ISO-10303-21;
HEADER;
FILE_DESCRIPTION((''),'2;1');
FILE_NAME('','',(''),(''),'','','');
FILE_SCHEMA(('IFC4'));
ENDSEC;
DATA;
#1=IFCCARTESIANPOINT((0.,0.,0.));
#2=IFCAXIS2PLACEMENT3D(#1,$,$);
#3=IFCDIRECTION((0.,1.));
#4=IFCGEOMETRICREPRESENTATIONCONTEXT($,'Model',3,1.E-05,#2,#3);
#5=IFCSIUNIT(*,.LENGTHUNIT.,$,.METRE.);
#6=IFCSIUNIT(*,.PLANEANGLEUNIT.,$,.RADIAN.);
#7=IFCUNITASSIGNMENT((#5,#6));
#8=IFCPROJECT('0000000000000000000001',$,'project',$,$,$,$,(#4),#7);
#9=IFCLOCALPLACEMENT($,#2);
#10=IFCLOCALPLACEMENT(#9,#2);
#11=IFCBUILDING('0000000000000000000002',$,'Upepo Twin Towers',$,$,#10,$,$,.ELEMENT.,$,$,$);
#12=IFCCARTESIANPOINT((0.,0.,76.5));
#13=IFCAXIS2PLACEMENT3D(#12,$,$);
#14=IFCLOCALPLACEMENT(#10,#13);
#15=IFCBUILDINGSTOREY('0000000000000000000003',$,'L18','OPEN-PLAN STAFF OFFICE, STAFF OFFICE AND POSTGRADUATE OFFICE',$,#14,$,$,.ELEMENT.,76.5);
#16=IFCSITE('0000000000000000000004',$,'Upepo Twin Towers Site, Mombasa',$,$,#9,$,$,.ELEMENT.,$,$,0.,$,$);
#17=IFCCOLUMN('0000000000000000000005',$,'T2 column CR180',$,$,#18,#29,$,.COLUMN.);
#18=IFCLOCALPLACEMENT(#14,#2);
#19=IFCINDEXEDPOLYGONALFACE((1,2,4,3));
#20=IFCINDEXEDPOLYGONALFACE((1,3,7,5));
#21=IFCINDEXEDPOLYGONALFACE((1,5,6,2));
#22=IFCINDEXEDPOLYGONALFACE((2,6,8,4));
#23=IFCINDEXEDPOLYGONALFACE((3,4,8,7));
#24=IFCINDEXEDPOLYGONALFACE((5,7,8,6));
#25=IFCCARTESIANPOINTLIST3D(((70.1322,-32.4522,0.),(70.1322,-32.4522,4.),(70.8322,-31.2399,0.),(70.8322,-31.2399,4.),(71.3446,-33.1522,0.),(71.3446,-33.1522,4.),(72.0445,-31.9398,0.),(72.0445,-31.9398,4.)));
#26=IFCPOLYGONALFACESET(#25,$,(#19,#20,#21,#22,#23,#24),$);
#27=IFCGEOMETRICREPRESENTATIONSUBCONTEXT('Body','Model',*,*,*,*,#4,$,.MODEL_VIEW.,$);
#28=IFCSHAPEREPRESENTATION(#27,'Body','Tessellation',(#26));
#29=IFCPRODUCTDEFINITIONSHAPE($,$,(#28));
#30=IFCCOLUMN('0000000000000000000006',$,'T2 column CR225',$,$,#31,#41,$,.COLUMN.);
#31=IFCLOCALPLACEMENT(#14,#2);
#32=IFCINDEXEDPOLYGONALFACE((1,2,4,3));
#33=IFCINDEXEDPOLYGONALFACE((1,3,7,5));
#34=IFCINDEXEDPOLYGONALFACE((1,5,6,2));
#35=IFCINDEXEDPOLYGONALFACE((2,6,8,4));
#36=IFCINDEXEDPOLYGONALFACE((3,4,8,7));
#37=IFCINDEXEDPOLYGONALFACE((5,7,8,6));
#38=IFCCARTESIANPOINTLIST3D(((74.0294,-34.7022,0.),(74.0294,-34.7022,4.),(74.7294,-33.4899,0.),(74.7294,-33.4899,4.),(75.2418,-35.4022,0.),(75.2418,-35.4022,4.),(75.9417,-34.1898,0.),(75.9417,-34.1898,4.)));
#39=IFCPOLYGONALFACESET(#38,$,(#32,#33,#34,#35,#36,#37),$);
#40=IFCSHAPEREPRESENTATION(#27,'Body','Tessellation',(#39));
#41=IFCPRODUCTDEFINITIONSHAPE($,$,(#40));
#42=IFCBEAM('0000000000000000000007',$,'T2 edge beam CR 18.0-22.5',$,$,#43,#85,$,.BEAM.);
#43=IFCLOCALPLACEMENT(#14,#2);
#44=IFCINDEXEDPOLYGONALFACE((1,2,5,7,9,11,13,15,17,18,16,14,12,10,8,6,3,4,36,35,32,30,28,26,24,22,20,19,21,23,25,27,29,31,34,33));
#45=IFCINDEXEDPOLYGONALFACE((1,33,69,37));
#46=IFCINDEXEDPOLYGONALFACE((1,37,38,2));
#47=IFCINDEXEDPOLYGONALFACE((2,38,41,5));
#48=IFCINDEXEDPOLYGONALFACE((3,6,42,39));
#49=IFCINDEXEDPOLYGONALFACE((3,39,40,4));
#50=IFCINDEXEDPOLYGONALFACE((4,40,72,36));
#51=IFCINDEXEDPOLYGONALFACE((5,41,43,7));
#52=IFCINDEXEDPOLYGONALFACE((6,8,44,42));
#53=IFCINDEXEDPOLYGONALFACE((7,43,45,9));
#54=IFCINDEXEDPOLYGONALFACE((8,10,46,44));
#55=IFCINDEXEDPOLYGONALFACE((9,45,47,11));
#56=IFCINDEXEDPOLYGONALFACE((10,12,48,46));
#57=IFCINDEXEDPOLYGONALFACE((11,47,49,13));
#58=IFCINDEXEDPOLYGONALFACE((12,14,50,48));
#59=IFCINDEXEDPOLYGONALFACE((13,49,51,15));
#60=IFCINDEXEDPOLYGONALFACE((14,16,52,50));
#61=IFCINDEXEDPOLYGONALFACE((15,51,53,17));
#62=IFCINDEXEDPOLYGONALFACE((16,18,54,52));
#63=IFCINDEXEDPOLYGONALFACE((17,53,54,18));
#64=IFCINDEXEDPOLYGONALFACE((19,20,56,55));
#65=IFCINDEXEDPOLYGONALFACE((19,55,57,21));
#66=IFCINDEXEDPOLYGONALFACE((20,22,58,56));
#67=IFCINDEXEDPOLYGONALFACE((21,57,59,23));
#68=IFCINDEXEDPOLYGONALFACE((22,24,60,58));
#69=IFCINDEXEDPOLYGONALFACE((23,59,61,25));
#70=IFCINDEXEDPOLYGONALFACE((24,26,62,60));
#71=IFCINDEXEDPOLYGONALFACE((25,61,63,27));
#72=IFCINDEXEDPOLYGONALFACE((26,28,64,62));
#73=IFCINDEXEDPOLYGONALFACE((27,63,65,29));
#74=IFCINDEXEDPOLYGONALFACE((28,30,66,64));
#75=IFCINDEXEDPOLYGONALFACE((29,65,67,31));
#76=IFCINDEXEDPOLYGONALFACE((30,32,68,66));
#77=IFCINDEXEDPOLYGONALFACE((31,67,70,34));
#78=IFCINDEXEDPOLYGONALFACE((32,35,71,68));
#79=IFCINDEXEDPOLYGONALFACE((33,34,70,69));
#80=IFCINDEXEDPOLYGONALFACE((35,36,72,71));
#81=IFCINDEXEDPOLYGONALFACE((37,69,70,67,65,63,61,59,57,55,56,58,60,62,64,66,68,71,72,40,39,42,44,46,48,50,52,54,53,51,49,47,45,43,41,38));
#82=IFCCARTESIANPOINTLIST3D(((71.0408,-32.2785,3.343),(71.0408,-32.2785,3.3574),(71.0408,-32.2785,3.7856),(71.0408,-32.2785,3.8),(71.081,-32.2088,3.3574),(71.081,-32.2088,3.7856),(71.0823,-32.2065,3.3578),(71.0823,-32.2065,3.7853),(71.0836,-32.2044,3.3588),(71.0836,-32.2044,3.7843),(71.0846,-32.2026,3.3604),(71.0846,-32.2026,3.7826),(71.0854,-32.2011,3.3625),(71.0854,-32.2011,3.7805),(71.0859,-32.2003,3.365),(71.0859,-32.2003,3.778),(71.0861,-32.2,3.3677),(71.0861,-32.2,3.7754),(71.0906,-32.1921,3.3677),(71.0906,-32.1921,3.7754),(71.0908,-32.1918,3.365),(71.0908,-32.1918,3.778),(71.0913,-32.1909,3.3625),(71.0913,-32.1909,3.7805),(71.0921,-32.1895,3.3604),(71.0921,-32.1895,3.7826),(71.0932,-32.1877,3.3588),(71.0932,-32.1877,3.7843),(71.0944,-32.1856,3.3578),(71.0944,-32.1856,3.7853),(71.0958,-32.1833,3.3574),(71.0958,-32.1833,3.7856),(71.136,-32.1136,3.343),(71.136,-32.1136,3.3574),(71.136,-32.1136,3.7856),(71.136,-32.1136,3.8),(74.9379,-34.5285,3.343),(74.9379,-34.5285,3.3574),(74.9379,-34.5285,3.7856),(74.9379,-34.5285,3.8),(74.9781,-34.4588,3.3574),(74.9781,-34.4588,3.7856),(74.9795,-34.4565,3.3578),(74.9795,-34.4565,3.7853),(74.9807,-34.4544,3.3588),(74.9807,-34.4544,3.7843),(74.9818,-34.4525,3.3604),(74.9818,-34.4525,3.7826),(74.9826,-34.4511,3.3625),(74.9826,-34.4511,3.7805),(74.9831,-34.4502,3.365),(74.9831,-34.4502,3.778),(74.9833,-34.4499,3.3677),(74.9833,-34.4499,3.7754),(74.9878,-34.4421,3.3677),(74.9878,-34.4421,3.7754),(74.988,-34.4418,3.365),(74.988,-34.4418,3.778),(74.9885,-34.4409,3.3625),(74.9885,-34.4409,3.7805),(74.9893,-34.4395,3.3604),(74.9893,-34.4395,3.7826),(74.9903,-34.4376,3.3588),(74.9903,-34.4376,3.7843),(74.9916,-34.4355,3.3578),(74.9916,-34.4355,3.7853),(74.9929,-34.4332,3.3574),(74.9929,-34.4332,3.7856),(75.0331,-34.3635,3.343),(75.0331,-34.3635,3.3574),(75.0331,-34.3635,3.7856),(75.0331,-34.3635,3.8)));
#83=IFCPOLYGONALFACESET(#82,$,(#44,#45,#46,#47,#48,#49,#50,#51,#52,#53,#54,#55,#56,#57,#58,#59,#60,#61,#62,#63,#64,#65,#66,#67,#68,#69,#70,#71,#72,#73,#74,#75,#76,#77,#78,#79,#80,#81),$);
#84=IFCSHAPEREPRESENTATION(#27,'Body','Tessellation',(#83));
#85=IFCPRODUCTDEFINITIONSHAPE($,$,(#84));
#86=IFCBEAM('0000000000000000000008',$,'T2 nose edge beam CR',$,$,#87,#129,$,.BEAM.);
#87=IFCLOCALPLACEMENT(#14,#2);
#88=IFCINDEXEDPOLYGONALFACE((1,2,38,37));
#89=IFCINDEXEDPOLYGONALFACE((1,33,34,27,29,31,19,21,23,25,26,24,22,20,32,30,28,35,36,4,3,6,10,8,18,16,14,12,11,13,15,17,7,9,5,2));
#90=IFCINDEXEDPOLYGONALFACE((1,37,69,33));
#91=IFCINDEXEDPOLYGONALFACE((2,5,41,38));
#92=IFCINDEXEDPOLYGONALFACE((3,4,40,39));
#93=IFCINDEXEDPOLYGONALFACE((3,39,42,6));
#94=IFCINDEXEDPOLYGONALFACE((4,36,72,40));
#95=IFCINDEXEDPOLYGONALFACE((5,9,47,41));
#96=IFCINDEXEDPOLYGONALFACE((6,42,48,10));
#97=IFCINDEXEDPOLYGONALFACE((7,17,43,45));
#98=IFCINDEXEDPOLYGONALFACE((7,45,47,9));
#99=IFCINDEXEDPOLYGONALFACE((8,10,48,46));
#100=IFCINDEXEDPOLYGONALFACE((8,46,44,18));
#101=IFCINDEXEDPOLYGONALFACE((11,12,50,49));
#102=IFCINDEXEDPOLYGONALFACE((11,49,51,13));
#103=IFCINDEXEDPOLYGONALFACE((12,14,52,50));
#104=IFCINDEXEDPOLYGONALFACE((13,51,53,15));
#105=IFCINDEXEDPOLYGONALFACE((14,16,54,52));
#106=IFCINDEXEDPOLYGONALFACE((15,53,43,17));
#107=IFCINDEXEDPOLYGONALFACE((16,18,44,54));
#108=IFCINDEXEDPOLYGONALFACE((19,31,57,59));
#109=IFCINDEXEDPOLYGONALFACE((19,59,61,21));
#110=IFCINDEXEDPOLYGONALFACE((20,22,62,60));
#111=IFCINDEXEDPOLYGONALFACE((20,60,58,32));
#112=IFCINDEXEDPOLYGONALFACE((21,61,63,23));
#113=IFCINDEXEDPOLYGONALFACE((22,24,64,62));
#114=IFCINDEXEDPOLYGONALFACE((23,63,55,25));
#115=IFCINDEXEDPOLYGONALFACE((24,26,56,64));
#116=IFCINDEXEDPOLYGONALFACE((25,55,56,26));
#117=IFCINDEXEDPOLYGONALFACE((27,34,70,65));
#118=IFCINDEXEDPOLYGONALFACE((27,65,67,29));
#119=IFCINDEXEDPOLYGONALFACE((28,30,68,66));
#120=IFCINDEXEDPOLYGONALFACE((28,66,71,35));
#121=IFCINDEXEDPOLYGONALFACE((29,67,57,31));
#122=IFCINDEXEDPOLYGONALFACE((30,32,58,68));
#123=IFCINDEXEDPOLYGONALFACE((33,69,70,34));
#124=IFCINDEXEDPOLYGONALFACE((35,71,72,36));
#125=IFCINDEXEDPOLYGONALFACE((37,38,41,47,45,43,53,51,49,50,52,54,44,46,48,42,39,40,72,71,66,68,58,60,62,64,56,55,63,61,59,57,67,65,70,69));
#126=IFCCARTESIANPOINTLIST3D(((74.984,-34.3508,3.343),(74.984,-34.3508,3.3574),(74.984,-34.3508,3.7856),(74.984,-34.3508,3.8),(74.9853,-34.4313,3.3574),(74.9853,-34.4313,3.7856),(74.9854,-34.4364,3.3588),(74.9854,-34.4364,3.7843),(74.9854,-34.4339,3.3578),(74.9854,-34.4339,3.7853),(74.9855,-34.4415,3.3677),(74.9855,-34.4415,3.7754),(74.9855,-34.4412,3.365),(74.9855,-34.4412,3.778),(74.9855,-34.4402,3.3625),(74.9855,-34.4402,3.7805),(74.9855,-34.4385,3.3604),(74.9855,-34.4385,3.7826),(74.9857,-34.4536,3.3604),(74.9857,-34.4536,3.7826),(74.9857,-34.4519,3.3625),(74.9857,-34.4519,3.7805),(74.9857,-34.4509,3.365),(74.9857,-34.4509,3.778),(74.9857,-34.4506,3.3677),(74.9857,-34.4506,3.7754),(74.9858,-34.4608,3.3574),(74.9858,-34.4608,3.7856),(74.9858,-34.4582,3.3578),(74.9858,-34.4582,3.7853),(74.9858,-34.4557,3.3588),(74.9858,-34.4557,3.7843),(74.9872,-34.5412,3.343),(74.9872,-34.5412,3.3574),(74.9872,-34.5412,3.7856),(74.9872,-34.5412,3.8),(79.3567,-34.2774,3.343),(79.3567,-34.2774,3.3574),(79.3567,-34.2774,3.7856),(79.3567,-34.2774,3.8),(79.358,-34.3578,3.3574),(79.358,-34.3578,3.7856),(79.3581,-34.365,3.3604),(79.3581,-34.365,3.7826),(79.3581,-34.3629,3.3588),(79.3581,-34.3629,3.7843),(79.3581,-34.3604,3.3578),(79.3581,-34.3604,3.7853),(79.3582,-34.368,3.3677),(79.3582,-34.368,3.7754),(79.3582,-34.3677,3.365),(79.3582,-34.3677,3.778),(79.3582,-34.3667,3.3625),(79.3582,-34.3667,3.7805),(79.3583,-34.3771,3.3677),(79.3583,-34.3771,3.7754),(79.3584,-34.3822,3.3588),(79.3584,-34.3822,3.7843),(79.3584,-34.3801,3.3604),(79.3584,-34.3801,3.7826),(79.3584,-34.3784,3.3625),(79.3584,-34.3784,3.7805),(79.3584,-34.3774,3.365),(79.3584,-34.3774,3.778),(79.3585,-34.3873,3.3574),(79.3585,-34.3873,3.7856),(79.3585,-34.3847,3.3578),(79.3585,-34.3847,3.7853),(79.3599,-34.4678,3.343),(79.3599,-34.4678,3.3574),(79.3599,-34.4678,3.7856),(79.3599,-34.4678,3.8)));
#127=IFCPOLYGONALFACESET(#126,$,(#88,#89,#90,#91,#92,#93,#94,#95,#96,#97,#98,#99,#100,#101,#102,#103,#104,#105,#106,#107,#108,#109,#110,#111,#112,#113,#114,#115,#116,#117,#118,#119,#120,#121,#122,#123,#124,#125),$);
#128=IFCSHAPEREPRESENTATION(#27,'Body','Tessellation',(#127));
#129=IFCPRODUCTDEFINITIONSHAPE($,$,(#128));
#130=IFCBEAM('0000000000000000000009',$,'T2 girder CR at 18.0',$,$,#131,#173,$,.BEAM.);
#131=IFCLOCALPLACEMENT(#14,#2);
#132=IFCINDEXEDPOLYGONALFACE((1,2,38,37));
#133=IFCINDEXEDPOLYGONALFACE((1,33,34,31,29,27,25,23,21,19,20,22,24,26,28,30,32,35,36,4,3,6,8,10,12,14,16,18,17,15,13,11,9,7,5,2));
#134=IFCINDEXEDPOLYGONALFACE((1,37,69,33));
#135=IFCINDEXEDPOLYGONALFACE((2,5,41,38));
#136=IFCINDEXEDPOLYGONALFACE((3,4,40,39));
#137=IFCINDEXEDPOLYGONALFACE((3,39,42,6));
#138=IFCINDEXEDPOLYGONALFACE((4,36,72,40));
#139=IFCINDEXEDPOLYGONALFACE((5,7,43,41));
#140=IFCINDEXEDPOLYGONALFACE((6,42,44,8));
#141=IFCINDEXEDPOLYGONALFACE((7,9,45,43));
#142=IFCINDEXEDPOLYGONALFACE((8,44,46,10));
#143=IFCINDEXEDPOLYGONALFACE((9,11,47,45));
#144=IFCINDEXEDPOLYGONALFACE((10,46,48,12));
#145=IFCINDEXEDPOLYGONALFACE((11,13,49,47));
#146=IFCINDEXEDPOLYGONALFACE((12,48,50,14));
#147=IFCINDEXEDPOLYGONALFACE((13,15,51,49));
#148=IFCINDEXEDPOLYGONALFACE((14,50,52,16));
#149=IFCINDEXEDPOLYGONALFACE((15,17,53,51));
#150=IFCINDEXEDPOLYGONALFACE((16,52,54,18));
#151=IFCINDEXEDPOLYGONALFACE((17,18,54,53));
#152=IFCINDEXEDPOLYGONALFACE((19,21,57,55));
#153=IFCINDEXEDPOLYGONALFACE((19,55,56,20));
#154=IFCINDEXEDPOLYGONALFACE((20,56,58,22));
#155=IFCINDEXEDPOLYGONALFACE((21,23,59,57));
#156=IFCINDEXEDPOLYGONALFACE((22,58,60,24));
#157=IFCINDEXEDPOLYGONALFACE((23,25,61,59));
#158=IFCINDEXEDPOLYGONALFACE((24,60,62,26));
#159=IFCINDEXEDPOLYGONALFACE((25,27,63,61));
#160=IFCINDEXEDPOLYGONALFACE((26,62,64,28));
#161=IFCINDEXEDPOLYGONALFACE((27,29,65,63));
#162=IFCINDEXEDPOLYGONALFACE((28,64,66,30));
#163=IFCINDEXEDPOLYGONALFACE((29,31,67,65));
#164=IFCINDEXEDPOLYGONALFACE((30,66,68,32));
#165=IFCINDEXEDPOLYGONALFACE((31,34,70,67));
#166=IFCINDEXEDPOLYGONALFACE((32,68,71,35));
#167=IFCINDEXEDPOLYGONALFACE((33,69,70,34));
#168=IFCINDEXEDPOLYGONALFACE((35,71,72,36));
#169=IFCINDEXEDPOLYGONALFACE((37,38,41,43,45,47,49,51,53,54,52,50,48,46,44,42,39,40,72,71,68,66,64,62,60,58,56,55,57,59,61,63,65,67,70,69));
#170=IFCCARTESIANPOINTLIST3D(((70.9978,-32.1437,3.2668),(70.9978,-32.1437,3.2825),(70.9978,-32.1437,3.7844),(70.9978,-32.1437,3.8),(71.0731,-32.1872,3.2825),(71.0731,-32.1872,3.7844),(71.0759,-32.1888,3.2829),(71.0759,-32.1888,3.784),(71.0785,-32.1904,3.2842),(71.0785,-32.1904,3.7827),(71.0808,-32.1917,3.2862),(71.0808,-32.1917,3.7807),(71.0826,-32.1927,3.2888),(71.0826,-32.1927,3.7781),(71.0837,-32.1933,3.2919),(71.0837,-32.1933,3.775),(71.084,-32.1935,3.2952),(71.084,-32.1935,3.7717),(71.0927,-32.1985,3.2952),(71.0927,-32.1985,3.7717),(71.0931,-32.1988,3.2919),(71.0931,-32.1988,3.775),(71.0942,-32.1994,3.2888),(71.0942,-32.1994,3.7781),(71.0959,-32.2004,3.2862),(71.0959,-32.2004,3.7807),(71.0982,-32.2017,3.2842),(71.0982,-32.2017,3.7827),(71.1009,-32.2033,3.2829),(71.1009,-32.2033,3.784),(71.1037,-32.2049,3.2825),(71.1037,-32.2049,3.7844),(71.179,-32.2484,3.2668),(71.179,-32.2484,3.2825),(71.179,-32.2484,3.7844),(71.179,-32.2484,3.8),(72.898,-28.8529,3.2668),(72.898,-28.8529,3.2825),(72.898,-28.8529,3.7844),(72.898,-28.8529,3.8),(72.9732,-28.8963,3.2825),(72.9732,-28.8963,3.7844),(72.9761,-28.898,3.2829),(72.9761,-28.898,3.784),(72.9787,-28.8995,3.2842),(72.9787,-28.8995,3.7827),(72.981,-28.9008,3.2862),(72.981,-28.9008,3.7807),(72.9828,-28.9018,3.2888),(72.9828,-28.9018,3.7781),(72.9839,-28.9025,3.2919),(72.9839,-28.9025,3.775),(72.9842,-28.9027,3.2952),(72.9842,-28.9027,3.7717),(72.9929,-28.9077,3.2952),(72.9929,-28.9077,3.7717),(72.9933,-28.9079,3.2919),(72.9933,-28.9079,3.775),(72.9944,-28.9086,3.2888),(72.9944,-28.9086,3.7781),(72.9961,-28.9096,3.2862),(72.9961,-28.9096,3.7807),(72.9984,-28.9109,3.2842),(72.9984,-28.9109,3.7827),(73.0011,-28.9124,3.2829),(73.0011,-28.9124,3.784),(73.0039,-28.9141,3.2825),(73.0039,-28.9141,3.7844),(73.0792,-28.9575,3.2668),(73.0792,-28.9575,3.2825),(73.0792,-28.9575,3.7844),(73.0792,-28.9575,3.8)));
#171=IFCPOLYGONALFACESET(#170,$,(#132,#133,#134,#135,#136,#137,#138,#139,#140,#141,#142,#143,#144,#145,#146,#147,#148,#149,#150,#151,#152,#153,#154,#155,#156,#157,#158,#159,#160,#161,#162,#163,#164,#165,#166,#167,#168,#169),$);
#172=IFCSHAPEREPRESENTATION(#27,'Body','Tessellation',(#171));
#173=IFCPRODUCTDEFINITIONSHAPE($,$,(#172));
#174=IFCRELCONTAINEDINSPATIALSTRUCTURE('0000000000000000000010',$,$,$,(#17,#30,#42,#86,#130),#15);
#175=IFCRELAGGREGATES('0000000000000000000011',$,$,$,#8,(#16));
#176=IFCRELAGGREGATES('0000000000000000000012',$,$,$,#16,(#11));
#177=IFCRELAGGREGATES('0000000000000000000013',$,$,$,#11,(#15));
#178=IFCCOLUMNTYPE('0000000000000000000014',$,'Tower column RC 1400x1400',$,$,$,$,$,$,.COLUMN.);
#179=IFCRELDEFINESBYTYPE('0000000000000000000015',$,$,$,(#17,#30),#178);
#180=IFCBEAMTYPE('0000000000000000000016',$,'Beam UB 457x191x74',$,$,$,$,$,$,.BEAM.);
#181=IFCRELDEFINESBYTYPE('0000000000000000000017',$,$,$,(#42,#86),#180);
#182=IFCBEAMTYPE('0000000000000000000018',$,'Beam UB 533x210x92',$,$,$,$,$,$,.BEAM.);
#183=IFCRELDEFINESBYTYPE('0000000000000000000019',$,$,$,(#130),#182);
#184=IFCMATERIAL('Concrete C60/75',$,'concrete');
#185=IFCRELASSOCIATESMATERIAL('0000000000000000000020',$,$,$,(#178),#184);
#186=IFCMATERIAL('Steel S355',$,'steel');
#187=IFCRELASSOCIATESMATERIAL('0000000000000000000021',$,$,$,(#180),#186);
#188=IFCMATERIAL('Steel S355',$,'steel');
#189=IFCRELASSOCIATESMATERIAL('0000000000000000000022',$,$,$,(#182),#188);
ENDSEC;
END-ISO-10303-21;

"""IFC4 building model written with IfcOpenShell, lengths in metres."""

from ifc_helpers import new_model, si_unit, direction, frame, origin, origin_2d, place, context, subcontext, project, spatial, rectangle, i_section, extrude, material, material_profile, profile_set, type_object, element, save


model = new_model("IFC4")

# Units and contexts
model_context = context("Model", 3, precision=1e-05, world=origin(), true_north=direction((0.0, 1.0)))
body_context = subcontext(model_context, "Body", "Model", "MODEL_VIEW")
ifc_project = project(units=[si_unit("LENGTHUNIT", "METRE"), si_unit("PLANEANGLEUNIT", "RADIAN")], contexts=[model_context])

# Site, building, storey
site_placement = place(None, origin())
site = spatial("IfcSite", under=ifc_project, at=site_placement, Name="Upepo Twin Towers Site, Mombasa", CompositionType="ELEMENT", RefElevation=0.0)
building_placement = place(site_placement, origin())
building = spatial("IfcBuilding", under=site, at=building_placement, Name="Upepo Twin Towers", CompositionType="ELEMENT")
storey_placement = place(building_placement, frame((0.0, 0.0, 76.5)))
storey = spatial("IfcBuildingStorey", under=building, at=storey_placement, Name="L18", Description="OPEN-PLAN STAFF OFFICE, STAFF OFFICE AND POSTGRADUATE OFFICE", CompositionType="ELEMENT", Elevation=76.5)

# Columns
ifc_material_1 = material(Name="Concrete C60/75", Category="concrete")
ifc_material_profile_1 = material_profile(ifc_material_1, rectangle(XDim=1.3999, YDim=1.3999, at=origin_2d()), Name="RC 1400x1400")
ifc_profile_set_1 = profile_set([ifc_material_profile_1], Name="Concrete C60/75")
column_type = type_object("IfcColumnType", Name="Tower column RC 1400x1400", PredefinedType="COLUMN", material=ifc_profile_set_1)
for number, where, z_axis, x_axis, name in (
    (1, (71.0884, -32.196, 0.0), (0.0, 0.0, 1.0), (0.5, 0.866025, 0.0), "T2 column CR180"),
    (2, (74.9856, -34.446, 0.0), (0.0, 0.0, 1.0), (0.5, 0.866025, 0.0), "T2 column CR225"),
):
    element("IfcColumn", number, at=place(storey_placement, frame(where, z_axis=z_axis, x_axis=x_axis)), inside=storey, type_object=column_type, Name=name, PredefinedType="COLUMN", context=body_context, shape_type="SweptSolid", body=[
        extrude(rectangle(XDim=1.3999, YDim=1.3999, at=origin_2d()), origin(), (0.0, 0.0, 1.0), 4.0),
    ])

# Beams
ifc_material_2 = material(Name="Steel S355", Category="steel")
ifc_material_profile_2 = material_profile(ifc_material_2, i_section(OverallWidth=0.1904, OverallDepth=0.457, WebThickness=0.009, FlangeThickness=0.0144, FilletRadius=0.0103, at=origin_2d()), Name="UB 457x191x74")
ifc_profile_set_2 = profile_set([ifc_material_profile_2], Name="Steel S355")
beam_type_1 = type_object("IfcBeamType", Name="Beam UB 457x191x74", PredefinedType="BEAM", material=ifc_profile_set_2)
beam_1_placement = place(storey_placement, frame((71.0884, -32.196, 3.5715), z_axis=(0.866031, -0.49999, 0.0), x_axis=(0.49999, 0.866031, 0.0)))
element("IfcBeam", 3, at=beam_1_placement, inside=storey, type_object=beam_type_1, Name="T2 edge beam CR 18.0-22.5", PredefinedType="BEAM", context=body_context, shape_type="SweptSolid", body=[
    extrude(i_section(OverallWidth=0.1904, OverallDepth=0.457, WebThickness=0.009, FlangeThickness=0.0144, FilletRadius=0.0103, at=origin_2d()), origin(), (0.0, 0.0, 1.0), 4.5),
])
beam_2_placement = place(storey_placement, frame((74.9856, -34.446, 3.5715), z_axis=(0.999859, 0.016804, 0.0), x_axis=(-0.016804, 0.999859, 0.0)))
element("IfcBeam", 4, at=beam_2_placement, inside=storey, type_object=beam_type_1, Name="T2 nose edge beam CR", PredefinedType="BEAM", context=body_context, shape_type="SweptSolid", body=[
    extrude(i_section(OverallWidth=0.1904, OverallDepth=0.457, WebThickness=0.009, FlangeThickness=0.0144, FilletRadius=0.0103, at=origin_2d()), origin(), (0.0, 0.0, 1.0), 4.3733),
])
ifc_material_3 = material(Name="Steel S355", Category="steel")
ifc_material_profile_3 = material_profile(ifc_material_3, i_section(OverallWidth=0.2092, OverallDepth=0.5332, WebThickness=0.01, FlangeThickness=0.0156, FilletRadius=0.0127, at=origin_2d()), Name="UB 533x210x92")
ifc_profile_set_3 = profile_set([ifc_material_profile_3], Name="Steel S355")
beam_type_2 = type_object("IfcBeamType", Name="Beam UB 533x210x92", PredefinedType="BEAM", material=ifc_profile_set_3)
beam_3_placement = place(storey_placement, frame((71.0884, -32.196, 3.5334), z_axis=(0.500043, 0.866, 0.0), x_axis=(-0.866, 0.500043, 0.0)))
element("IfcBeam", 5, at=beam_3_placement, inside=storey, type_object=beam_type_2, Name="T2 girder CR at 18.0", PredefinedType="BEAM", context=body_context, shape_type="SweptSolid", body=[
    extrude(i_section(OverallWidth=0.2092, OverallDepth=0.5332, WebThickness=0.01, FlangeThickness=0.0156, FilletRadius=0.0127, at=origin_2d()), origin(), (0.0, 0.0, 1.0), 3.8),
])

save(model, "model.ifc")
